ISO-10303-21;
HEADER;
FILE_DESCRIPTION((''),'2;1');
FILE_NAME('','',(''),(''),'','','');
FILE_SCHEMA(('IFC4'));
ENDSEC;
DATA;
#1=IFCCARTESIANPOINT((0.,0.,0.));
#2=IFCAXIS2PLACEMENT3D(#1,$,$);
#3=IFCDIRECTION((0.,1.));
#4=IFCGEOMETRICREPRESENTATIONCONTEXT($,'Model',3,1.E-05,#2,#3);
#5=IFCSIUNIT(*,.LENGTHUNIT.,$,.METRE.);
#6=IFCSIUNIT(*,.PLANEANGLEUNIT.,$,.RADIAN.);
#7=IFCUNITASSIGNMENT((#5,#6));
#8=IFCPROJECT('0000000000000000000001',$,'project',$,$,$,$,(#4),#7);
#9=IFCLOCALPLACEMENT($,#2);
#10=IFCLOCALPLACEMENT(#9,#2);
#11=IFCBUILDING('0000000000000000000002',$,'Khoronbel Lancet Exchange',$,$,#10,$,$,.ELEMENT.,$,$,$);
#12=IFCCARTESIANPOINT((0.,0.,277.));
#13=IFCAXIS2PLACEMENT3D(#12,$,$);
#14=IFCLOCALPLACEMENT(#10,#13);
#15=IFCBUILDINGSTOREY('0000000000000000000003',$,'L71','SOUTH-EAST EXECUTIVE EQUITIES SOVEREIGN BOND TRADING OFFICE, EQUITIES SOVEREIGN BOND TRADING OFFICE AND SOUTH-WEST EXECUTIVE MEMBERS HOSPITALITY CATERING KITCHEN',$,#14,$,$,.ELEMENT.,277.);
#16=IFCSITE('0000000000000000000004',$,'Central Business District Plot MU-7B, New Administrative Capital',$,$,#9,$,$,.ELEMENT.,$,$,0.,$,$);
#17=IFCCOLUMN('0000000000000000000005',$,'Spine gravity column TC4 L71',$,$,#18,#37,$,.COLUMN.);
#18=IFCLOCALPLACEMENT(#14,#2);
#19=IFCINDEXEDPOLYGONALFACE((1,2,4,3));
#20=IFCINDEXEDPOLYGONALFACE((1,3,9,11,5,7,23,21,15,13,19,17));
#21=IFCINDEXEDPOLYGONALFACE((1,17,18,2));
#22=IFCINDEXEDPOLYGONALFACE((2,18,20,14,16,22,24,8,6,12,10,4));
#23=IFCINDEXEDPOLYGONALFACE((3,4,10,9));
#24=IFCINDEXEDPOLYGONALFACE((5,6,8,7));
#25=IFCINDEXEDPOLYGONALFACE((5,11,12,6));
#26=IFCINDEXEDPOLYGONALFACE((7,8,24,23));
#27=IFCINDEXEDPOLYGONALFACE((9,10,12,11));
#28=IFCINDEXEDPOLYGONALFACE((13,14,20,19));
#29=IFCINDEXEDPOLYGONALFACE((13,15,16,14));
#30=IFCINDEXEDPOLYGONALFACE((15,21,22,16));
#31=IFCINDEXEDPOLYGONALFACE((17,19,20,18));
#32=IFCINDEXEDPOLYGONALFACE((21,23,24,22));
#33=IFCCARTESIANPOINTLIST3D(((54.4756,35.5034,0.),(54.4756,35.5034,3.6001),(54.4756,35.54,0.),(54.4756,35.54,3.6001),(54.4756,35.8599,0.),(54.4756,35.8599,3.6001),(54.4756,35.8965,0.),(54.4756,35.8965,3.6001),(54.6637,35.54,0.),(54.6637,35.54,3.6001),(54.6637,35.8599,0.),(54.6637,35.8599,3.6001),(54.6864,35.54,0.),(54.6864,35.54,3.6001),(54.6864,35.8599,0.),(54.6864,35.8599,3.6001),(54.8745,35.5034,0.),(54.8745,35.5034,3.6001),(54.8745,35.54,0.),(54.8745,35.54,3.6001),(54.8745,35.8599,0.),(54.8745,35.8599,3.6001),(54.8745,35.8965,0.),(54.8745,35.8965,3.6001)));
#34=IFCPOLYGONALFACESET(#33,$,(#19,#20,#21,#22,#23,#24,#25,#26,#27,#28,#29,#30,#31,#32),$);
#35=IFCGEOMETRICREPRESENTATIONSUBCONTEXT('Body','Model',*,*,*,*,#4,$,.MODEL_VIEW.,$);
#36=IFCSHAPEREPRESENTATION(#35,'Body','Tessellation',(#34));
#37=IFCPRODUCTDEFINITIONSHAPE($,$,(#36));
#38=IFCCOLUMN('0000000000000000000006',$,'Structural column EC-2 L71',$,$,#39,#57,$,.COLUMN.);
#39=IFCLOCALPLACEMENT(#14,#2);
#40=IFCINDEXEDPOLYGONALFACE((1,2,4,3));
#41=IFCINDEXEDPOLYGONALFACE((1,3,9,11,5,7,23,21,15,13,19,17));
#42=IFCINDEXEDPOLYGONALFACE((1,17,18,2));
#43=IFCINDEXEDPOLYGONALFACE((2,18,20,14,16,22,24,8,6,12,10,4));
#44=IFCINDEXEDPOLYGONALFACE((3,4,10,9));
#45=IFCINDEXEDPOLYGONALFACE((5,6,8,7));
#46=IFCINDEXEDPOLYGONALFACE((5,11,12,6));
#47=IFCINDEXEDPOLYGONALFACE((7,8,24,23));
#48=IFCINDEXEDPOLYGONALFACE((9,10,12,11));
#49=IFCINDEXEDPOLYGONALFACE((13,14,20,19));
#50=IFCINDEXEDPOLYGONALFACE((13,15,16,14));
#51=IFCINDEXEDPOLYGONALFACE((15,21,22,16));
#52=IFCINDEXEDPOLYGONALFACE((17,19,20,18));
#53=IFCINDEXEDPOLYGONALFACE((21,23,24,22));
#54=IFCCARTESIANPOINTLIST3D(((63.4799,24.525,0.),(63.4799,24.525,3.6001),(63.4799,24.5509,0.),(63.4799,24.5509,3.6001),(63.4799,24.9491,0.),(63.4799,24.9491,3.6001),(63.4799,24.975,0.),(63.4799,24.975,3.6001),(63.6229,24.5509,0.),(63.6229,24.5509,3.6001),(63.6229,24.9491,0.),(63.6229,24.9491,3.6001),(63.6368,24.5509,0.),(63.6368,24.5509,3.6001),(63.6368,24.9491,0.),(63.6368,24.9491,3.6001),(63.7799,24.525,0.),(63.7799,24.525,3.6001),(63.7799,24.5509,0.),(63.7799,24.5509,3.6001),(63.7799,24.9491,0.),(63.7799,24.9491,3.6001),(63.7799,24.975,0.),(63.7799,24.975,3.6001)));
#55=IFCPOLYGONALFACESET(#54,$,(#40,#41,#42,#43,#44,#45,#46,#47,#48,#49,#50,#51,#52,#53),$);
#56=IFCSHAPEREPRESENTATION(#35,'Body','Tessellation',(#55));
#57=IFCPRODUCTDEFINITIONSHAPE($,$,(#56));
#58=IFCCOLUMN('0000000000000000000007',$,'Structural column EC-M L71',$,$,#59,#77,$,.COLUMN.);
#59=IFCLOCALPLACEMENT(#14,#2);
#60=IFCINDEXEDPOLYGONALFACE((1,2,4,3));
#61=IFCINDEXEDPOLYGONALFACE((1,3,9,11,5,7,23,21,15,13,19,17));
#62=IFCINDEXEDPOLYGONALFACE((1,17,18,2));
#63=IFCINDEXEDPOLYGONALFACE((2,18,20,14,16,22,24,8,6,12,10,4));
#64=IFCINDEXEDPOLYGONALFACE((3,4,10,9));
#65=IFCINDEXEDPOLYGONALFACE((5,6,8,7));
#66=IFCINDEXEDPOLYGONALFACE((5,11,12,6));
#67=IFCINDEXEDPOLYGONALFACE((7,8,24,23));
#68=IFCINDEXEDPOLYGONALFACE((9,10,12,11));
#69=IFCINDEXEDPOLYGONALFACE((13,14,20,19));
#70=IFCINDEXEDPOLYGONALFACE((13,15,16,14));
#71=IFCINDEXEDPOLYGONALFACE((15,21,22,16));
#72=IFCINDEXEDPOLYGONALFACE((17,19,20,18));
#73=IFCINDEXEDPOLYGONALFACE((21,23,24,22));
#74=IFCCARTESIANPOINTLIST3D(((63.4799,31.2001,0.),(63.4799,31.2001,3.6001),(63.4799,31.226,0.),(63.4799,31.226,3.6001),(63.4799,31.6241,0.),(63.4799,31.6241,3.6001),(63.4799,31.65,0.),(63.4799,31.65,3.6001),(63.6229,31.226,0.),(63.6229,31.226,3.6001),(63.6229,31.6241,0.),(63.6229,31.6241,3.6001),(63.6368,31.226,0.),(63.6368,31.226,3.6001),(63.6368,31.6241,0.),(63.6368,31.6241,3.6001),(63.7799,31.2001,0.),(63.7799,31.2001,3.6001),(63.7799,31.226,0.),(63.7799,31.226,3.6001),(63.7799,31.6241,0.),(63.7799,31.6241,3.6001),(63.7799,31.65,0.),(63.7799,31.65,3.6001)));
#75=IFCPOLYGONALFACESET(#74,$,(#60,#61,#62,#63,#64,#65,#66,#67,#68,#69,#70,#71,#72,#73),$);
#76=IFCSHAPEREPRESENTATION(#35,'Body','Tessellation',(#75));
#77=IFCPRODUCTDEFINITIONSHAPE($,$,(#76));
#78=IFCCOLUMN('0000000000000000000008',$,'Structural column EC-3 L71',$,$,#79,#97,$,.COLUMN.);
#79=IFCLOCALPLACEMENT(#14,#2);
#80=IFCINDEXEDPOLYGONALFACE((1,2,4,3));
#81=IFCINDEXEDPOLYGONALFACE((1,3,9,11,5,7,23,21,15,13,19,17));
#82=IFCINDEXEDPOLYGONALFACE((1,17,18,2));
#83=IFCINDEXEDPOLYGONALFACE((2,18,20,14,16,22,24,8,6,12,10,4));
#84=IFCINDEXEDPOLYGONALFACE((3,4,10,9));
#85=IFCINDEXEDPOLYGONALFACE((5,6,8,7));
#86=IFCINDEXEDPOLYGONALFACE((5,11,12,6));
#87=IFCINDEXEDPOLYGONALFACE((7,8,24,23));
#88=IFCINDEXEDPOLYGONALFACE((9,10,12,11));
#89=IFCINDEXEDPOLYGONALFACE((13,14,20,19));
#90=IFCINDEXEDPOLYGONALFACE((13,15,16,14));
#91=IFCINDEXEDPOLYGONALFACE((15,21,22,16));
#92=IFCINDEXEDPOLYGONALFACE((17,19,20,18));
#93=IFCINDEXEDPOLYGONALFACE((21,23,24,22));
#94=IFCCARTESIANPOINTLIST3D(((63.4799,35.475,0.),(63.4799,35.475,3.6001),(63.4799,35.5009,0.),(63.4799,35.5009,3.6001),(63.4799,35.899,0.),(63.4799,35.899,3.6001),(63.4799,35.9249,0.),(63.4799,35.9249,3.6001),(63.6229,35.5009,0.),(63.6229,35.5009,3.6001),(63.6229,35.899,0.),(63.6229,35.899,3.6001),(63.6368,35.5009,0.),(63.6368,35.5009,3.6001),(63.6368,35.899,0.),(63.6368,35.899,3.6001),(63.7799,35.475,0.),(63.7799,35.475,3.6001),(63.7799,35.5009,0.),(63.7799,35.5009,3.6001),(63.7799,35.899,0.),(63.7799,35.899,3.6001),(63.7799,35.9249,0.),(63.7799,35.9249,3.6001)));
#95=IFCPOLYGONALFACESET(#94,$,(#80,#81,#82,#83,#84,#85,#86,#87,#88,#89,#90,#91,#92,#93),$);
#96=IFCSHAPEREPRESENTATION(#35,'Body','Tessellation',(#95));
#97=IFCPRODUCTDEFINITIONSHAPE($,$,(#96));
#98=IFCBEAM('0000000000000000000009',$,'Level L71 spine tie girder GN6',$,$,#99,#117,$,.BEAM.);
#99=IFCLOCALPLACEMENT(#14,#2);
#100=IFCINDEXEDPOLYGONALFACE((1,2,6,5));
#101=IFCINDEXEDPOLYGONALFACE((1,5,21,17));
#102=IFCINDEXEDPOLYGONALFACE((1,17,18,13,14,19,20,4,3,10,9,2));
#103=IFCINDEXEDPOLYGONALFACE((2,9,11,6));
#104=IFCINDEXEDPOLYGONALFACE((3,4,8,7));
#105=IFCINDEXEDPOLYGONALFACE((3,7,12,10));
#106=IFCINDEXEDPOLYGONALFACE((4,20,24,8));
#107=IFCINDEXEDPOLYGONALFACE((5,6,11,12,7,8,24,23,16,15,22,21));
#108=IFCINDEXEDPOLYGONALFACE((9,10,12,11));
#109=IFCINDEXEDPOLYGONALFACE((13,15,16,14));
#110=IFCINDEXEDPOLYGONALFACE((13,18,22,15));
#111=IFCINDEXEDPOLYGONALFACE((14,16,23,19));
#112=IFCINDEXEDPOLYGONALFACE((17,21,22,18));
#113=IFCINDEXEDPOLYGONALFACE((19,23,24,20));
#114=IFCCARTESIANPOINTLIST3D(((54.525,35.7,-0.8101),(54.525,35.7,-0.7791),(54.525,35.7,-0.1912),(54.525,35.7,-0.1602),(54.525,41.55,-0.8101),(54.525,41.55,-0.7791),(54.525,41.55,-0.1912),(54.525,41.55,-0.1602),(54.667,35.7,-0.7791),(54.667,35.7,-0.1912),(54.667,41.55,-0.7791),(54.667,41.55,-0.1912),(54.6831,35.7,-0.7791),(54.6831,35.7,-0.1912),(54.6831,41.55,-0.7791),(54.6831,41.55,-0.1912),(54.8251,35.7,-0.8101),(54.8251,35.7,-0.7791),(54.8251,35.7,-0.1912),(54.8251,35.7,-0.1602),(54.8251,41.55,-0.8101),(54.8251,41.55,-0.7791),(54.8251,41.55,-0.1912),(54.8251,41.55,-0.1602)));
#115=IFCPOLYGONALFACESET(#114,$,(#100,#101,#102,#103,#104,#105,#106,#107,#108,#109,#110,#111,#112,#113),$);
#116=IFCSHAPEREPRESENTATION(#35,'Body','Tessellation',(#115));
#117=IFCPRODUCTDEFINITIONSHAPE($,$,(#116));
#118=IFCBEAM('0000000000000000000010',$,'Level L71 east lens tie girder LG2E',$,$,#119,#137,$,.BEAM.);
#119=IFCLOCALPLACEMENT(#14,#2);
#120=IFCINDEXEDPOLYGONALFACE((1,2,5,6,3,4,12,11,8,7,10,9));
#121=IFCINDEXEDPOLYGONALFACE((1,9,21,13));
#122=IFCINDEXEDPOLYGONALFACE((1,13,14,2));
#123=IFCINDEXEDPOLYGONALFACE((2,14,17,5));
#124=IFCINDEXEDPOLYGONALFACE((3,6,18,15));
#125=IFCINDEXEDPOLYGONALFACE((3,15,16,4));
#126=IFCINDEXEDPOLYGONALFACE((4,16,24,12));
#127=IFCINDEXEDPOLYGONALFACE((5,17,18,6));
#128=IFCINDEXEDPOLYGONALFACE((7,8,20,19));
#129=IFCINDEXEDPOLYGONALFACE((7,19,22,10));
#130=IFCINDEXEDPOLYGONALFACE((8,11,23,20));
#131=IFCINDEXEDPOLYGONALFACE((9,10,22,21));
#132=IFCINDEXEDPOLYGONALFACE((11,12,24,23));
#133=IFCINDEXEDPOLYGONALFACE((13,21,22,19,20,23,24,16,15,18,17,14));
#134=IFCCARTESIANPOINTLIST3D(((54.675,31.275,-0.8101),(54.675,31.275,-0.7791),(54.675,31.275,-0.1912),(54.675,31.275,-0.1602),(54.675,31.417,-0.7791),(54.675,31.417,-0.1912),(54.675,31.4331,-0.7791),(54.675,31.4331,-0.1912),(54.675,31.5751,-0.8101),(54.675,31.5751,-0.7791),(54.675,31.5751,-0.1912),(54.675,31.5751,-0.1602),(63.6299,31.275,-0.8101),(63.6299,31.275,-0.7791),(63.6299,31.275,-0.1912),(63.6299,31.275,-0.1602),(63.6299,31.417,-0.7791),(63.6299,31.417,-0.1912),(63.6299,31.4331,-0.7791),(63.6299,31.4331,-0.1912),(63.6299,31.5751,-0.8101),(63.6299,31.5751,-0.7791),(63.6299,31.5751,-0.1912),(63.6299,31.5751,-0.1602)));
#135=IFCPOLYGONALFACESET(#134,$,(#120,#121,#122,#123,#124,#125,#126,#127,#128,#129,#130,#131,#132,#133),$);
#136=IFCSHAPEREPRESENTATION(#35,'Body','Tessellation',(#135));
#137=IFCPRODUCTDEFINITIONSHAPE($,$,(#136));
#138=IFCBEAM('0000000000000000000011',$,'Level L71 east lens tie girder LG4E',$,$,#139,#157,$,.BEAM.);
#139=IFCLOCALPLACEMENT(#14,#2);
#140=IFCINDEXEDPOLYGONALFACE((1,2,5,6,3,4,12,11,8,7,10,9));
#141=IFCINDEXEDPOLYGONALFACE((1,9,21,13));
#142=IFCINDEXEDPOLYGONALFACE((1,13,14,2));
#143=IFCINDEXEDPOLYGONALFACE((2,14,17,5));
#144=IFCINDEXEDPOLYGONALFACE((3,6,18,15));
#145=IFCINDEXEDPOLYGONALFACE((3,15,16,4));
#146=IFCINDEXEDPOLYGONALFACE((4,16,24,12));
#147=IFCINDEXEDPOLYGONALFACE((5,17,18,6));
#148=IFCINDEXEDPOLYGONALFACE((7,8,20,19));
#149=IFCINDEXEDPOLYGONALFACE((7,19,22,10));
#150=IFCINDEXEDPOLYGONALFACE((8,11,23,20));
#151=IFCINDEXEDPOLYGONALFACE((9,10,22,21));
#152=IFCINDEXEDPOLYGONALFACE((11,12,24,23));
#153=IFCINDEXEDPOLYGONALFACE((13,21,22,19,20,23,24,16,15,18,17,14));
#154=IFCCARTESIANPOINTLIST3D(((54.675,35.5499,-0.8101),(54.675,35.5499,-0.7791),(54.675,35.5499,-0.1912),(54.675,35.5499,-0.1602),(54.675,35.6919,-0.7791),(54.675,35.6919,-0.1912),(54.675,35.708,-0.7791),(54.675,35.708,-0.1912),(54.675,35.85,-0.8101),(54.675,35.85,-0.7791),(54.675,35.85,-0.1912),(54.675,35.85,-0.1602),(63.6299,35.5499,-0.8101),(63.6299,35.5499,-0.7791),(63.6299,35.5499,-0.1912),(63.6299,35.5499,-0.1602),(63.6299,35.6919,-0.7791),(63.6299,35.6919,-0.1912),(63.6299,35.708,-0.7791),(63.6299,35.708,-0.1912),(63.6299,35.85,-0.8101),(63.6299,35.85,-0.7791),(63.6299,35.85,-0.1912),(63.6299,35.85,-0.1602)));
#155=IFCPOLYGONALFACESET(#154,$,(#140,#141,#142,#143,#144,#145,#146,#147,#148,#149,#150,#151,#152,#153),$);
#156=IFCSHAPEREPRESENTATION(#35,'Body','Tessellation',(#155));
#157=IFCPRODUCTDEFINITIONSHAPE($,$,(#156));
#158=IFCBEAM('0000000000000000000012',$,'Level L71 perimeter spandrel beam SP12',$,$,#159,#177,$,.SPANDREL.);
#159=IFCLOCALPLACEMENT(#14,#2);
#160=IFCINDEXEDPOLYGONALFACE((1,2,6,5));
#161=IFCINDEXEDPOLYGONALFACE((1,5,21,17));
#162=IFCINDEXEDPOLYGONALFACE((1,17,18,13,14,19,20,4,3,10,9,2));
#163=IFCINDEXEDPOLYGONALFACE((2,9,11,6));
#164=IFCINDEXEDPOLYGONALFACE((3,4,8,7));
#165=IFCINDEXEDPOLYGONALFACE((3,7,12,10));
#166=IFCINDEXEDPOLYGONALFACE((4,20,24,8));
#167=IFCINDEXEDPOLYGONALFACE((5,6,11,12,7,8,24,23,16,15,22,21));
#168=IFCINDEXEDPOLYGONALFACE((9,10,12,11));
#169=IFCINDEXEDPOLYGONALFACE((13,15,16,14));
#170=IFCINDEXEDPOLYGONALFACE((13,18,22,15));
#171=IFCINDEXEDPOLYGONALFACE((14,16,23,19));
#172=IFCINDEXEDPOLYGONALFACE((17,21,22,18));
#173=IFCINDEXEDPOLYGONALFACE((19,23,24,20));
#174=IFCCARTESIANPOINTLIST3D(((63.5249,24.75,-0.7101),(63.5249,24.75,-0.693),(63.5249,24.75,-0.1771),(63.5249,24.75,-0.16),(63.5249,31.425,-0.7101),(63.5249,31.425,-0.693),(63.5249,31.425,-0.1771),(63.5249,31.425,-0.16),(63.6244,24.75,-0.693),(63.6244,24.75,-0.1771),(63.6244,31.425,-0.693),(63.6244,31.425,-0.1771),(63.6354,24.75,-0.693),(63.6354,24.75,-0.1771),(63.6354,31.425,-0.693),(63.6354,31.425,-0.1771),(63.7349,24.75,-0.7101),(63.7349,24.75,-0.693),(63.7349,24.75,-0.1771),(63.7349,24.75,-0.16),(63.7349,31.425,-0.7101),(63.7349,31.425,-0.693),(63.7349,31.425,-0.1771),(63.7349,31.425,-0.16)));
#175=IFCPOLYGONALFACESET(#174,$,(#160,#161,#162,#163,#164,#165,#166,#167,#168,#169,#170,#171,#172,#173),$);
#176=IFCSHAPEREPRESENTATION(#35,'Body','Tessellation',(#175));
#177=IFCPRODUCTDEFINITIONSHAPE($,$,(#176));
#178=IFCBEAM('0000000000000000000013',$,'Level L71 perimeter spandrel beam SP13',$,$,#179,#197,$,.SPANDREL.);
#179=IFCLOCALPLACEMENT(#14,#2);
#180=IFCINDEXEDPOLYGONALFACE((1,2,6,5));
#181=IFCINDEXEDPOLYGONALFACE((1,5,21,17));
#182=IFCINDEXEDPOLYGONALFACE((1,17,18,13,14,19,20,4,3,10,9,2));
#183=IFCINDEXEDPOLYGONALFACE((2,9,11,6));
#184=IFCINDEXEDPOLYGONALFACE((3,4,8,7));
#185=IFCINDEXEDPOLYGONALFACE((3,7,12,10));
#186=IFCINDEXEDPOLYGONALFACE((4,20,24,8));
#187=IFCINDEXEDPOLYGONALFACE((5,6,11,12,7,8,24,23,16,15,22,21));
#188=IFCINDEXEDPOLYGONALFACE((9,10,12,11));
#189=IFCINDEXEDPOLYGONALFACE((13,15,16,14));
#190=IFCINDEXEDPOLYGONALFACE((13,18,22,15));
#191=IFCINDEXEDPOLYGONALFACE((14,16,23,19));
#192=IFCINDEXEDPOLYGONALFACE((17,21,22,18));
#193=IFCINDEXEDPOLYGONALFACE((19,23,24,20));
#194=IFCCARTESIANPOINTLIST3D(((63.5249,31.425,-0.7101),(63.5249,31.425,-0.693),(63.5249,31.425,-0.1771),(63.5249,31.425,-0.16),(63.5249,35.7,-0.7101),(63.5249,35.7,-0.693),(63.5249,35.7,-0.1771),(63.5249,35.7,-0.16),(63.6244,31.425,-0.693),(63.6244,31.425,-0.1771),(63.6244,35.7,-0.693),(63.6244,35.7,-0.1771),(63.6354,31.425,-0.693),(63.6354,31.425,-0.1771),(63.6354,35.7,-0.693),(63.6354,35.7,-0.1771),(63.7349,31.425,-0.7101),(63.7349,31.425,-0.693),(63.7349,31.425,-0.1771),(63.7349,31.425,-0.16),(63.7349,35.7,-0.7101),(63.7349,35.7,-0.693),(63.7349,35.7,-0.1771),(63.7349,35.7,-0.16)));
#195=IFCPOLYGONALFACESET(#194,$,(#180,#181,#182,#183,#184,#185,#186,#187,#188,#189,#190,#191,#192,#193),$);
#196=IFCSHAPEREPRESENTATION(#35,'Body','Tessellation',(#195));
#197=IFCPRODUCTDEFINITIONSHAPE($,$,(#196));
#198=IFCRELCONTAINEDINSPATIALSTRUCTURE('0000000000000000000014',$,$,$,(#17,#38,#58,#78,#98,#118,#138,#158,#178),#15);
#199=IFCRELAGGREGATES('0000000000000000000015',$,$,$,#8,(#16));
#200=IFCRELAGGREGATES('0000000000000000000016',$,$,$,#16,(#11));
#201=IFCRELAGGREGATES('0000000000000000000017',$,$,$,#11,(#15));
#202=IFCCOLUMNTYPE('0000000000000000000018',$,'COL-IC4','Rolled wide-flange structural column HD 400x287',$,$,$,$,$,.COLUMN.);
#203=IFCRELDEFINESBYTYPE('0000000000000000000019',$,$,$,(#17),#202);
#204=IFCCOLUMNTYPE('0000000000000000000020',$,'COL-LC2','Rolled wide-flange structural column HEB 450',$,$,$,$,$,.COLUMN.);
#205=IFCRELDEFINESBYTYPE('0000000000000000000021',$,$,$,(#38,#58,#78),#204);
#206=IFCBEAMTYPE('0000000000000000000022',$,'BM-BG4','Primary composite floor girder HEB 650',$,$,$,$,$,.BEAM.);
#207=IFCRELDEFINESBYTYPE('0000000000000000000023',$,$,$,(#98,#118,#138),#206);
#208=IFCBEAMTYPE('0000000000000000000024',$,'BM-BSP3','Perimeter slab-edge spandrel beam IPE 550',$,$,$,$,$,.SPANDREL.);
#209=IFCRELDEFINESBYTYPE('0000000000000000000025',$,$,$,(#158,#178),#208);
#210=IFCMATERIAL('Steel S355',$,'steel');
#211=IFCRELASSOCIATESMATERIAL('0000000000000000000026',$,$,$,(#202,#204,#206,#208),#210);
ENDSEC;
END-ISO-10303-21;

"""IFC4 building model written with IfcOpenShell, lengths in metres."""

from ifc_helpers import new_model, si_unit, direction, frame, origin, origin_2d, place, context, subcontext, project, spatial, i_section, extrude, material, material_profile, profile_set, type_object, element, save


model = new_model("IFC4")

# Units and contexts
model_context = context("Model", 3, precision=1e-05, world=origin(), true_north=direction((0.0, 1.0)))
body_context = subcontext(model_context, "Body", "Model", "MODEL_VIEW")
ifc_project = project(units=[si_unit("LENGTHUNIT", "METRE"), si_unit("PLANEANGLEUNIT", "RADIAN")], contexts=[model_context])

# Site, building, storey
site_placement = place(None, origin())
site = spatial("IfcSite", under=ifc_project, at=site_placement, Name="Central Business District Plot MU-7B, New Administrative Capital", CompositionType="ELEMENT", RefElevation=0.0)
building_placement = place(site_placement, origin())
building = spatial("IfcBuilding", under=site, at=building_placement, Name="Khoronbel Lancet Exchange", CompositionType="ELEMENT")
storey_placement = place(building_placement, frame((0.0, 0.0, 277.0)))
storey = spatial("IfcBuildingStorey", under=building, at=storey_placement, Name="L71", Description="SOUTH-EAST EXECUTIVE EQUITIES SOVEREIGN BOND TRADING OFFICE, EQUITIES SOVEREIGN BOND TRADING OFFICE AND SOUTH-WEST EXECUTIVE MEMBERS HOSPITALITY CATERING KITCHEN", CompositionType="ELEMENT", Elevation=277.0)

# Columns
ifc_material_1 = material(Name="Steel S355", Category="steel")
ifc_material_profile_1 = material_profile(ifc_material_1, i_section(OverallWidth=0.3989, OverallDepth=0.3931, WebThickness=0.0227, FlangeThickness=0.0366, at=origin_2d()), Name="HD 400x287")
ifc_profile_set_1 = profile_set([ifc_material_profile_1], Name="Steel S355")
column_type_1 = type_object("IfcColumnType", Name="COL-IC4", Description="Rolled wide-flange structural column HD 400x287", PredefinedType="COLUMN", material=ifc_profile_set_1)
column_placement = place(storey_placement, frame((54.675, 35.7, 0.0), z_axis=(0.0, 0.0, 1.0), x_axis=(1.0, 0.0, 0.0)))
element("IfcColumn", 1, at=column_placement, inside=storey, type_object=column_type_1, Name="Spine gravity column TC4 L71", PredefinedType="COLUMN", context=body_context, shape_type="SweptSolid", body=[
    extrude(i_section(OverallWidth=0.3989, OverallDepth=0.3931, WebThickness=0.0227, FlangeThickness=0.0366, at=origin_2d()), origin(), (0.0, 0.0, 1.0), 3.6001),
])
ifc_material_profile_2 = material_profile(ifc_material_1, i_section(OverallWidth=0.3, OverallDepth=0.45, WebThickness=0.0139, FlangeThickness=0.0259, at=origin_2d()), Name="HEB 450")
ifc_profile_set_2 = profile_set([ifc_material_profile_2], Name="Steel S355")
column_type_2 = type_object("IfcColumnType", Name="COL-LC2", Description="Rolled wide-flange structural column HEB 450", PredefinedType="COLUMN", material=ifc_profile_set_2)
for number, where, z_axis, x_axis, name in (
    (2, (63.6299, 24.75, 0.0), (0.0, 0.0, 1.0), (1.0, 0.0, 0.0), "Structural column EC-2 L71"),
    (3, (63.6299, 31.425, 0.0), (0.0, 0.0, 1.0), (1.0, 0.0, 0.0), "Structural column EC-M L71"),
    (4, (63.6299, 35.7, 0.0), (0.0, 0.0, 1.0), (1.0, 0.0, 0.0), "Structural column EC-3 L71"),
):
    element("IfcColumn", number, at=place(storey_placement, frame(where, z_axis=z_axis, x_axis=x_axis)), inside=storey, type_object=column_type_2, Name=name, PredefinedType="COLUMN", context=body_context, shape_type="SweptSolid", body=[
        extrude(i_section(OverallWidth=0.3, OverallDepth=0.45, WebThickness=0.0139, FlangeThickness=0.0259, at=origin_2d()), origin(), (0.0, 0.0, 1.0), 3.6001),
    ])

# Beams
ifc_material_profile_3 = material_profile(ifc_material_1, i_section(OverallWidth=0.3, OverallDepth=0.6499, WebThickness=0.0161, FlangeThickness=0.031, at=origin_2d()), Name="HEB 650")
ifc_profile_set_3 = profile_set([ifc_material_profile_3], Name="Steel S355")
beam_type_1 = type_object("IfcBeamType", Name="BM-BG4", Description="Primary composite floor girder HEB 650", PredefinedType="BEAM", material=ifc_profile_set_3)
beam_1_placement = place(storey_placement, frame((54.675, 35.7, -0.4851), z_axis=(0.0, 1.0, 0.0), x_axis=(-1.0, 0.0, 0.0)))
element("IfcBeam", 5, at=beam_1_placement, inside=storey, type_object=beam_type_1, Name="Level L71 spine tie girder GN6", PredefinedType="BEAM", context=body_context, shape_type="SweptSolid", body=[
    extrude(i_section(OverallWidth=0.3, OverallDepth=0.6499, WebThickness=0.0161, FlangeThickness=0.031, at=origin_2d()), origin(), (0.0, 0.0, 1.0), 5.8501),
])
for number, where, z_axis, x_axis, name in (
    (6, (54.675, 31.425, -0.4851), (1.0, 0.0, 0.0), (0.0, 1.0, 0.0), "Level L71 east lens tie girder LG2E"),
    (7, (54.675, 35.7, -0.4851), (1.0, 0.0, 0.0), (0.0, 1.0, 0.0), "Level L71 east lens tie girder LG4E"),
):
    element("IfcBeam", number, at=place(storey_placement, frame(where, z_axis=z_axis, x_axis=x_axis)), inside=storey, type_object=beam_type_1, Name=name, PredefinedType="BEAM", context=body_context, shape_type="SweptSolid", body=[
        extrude(i_section(OverallWidth=0.3, OverallDepth=0.6499, WebThickness=0.0161, FlangeThickness=0.031, at=origin_2d()), origin(), (0.0, 0.0, 1.0), 8.9548),
    ])
ifc_material_profile_4 = material_profile(ifc_material_1, i_section(OverallWidth=0.21, OverallDepth=0.55, WebThickness=0.011, FlangeThickness=0.0171, at=origin_2d()), Name="IPE 550")
ifc_profile_set_4 = profile_set([ifc_material_profile_4], Name="Steel S355")
beam_type_2 = type_object("IfcBeamType", Name="BM-BSP3", Description="Perimeter slab-edge spandrel beam IPE 550", PredefinedType="SPANDREL", material=ifc_profile_set_4)
beam_2_placement = place(storey_placement, frame((63.6299, 24.75, -0.4351), z_axis=(0.0, 1.0, 0.0), x_axis=(-1.0, 0.0, 0.0)))
element("IfcBeam", 8, at=beam_2_placement, inside=storey, type_object=beam_type_2, Name="Level L71 perimeter spandrel beam SP12", PredefinedType="SPANDREL", context=body_context, shape_type="SweptSolid", body=[
    extrude(i_section(OverallWidth=0.21, OverallDepth=0.55, WebThickness=0.011, FlangeThickness=0.0171, at=origin_2d()), origin(), (0.0, 0.0, 1.0), 6.675),
])
beam_3_placement = place(storey_placement, frame((63.6299, 31.425, -0.4351), z_axis=(0.0, 1.0, 0.0), x_axis=(-1.0, 0.0, 0.0)))
element("IfcBeam", 9, at=beam_3_placement, inside=storey, type_object=beam_type_2, Name="Level L71 perimeter spandrel beam SP13", PredefinedType="SPANDREL", context=body_context, shape_type="SweptSolid", body=[
    extrude(i_section(OverallWidth=0.21, OverallDepth=0.55, WebThickness=0.011, FlangeThickness=0.0171, at=origin_2d()), origin(), (0.0, 0.0, 1.0), 4.2749),
])

save(model, "model.ifc")
